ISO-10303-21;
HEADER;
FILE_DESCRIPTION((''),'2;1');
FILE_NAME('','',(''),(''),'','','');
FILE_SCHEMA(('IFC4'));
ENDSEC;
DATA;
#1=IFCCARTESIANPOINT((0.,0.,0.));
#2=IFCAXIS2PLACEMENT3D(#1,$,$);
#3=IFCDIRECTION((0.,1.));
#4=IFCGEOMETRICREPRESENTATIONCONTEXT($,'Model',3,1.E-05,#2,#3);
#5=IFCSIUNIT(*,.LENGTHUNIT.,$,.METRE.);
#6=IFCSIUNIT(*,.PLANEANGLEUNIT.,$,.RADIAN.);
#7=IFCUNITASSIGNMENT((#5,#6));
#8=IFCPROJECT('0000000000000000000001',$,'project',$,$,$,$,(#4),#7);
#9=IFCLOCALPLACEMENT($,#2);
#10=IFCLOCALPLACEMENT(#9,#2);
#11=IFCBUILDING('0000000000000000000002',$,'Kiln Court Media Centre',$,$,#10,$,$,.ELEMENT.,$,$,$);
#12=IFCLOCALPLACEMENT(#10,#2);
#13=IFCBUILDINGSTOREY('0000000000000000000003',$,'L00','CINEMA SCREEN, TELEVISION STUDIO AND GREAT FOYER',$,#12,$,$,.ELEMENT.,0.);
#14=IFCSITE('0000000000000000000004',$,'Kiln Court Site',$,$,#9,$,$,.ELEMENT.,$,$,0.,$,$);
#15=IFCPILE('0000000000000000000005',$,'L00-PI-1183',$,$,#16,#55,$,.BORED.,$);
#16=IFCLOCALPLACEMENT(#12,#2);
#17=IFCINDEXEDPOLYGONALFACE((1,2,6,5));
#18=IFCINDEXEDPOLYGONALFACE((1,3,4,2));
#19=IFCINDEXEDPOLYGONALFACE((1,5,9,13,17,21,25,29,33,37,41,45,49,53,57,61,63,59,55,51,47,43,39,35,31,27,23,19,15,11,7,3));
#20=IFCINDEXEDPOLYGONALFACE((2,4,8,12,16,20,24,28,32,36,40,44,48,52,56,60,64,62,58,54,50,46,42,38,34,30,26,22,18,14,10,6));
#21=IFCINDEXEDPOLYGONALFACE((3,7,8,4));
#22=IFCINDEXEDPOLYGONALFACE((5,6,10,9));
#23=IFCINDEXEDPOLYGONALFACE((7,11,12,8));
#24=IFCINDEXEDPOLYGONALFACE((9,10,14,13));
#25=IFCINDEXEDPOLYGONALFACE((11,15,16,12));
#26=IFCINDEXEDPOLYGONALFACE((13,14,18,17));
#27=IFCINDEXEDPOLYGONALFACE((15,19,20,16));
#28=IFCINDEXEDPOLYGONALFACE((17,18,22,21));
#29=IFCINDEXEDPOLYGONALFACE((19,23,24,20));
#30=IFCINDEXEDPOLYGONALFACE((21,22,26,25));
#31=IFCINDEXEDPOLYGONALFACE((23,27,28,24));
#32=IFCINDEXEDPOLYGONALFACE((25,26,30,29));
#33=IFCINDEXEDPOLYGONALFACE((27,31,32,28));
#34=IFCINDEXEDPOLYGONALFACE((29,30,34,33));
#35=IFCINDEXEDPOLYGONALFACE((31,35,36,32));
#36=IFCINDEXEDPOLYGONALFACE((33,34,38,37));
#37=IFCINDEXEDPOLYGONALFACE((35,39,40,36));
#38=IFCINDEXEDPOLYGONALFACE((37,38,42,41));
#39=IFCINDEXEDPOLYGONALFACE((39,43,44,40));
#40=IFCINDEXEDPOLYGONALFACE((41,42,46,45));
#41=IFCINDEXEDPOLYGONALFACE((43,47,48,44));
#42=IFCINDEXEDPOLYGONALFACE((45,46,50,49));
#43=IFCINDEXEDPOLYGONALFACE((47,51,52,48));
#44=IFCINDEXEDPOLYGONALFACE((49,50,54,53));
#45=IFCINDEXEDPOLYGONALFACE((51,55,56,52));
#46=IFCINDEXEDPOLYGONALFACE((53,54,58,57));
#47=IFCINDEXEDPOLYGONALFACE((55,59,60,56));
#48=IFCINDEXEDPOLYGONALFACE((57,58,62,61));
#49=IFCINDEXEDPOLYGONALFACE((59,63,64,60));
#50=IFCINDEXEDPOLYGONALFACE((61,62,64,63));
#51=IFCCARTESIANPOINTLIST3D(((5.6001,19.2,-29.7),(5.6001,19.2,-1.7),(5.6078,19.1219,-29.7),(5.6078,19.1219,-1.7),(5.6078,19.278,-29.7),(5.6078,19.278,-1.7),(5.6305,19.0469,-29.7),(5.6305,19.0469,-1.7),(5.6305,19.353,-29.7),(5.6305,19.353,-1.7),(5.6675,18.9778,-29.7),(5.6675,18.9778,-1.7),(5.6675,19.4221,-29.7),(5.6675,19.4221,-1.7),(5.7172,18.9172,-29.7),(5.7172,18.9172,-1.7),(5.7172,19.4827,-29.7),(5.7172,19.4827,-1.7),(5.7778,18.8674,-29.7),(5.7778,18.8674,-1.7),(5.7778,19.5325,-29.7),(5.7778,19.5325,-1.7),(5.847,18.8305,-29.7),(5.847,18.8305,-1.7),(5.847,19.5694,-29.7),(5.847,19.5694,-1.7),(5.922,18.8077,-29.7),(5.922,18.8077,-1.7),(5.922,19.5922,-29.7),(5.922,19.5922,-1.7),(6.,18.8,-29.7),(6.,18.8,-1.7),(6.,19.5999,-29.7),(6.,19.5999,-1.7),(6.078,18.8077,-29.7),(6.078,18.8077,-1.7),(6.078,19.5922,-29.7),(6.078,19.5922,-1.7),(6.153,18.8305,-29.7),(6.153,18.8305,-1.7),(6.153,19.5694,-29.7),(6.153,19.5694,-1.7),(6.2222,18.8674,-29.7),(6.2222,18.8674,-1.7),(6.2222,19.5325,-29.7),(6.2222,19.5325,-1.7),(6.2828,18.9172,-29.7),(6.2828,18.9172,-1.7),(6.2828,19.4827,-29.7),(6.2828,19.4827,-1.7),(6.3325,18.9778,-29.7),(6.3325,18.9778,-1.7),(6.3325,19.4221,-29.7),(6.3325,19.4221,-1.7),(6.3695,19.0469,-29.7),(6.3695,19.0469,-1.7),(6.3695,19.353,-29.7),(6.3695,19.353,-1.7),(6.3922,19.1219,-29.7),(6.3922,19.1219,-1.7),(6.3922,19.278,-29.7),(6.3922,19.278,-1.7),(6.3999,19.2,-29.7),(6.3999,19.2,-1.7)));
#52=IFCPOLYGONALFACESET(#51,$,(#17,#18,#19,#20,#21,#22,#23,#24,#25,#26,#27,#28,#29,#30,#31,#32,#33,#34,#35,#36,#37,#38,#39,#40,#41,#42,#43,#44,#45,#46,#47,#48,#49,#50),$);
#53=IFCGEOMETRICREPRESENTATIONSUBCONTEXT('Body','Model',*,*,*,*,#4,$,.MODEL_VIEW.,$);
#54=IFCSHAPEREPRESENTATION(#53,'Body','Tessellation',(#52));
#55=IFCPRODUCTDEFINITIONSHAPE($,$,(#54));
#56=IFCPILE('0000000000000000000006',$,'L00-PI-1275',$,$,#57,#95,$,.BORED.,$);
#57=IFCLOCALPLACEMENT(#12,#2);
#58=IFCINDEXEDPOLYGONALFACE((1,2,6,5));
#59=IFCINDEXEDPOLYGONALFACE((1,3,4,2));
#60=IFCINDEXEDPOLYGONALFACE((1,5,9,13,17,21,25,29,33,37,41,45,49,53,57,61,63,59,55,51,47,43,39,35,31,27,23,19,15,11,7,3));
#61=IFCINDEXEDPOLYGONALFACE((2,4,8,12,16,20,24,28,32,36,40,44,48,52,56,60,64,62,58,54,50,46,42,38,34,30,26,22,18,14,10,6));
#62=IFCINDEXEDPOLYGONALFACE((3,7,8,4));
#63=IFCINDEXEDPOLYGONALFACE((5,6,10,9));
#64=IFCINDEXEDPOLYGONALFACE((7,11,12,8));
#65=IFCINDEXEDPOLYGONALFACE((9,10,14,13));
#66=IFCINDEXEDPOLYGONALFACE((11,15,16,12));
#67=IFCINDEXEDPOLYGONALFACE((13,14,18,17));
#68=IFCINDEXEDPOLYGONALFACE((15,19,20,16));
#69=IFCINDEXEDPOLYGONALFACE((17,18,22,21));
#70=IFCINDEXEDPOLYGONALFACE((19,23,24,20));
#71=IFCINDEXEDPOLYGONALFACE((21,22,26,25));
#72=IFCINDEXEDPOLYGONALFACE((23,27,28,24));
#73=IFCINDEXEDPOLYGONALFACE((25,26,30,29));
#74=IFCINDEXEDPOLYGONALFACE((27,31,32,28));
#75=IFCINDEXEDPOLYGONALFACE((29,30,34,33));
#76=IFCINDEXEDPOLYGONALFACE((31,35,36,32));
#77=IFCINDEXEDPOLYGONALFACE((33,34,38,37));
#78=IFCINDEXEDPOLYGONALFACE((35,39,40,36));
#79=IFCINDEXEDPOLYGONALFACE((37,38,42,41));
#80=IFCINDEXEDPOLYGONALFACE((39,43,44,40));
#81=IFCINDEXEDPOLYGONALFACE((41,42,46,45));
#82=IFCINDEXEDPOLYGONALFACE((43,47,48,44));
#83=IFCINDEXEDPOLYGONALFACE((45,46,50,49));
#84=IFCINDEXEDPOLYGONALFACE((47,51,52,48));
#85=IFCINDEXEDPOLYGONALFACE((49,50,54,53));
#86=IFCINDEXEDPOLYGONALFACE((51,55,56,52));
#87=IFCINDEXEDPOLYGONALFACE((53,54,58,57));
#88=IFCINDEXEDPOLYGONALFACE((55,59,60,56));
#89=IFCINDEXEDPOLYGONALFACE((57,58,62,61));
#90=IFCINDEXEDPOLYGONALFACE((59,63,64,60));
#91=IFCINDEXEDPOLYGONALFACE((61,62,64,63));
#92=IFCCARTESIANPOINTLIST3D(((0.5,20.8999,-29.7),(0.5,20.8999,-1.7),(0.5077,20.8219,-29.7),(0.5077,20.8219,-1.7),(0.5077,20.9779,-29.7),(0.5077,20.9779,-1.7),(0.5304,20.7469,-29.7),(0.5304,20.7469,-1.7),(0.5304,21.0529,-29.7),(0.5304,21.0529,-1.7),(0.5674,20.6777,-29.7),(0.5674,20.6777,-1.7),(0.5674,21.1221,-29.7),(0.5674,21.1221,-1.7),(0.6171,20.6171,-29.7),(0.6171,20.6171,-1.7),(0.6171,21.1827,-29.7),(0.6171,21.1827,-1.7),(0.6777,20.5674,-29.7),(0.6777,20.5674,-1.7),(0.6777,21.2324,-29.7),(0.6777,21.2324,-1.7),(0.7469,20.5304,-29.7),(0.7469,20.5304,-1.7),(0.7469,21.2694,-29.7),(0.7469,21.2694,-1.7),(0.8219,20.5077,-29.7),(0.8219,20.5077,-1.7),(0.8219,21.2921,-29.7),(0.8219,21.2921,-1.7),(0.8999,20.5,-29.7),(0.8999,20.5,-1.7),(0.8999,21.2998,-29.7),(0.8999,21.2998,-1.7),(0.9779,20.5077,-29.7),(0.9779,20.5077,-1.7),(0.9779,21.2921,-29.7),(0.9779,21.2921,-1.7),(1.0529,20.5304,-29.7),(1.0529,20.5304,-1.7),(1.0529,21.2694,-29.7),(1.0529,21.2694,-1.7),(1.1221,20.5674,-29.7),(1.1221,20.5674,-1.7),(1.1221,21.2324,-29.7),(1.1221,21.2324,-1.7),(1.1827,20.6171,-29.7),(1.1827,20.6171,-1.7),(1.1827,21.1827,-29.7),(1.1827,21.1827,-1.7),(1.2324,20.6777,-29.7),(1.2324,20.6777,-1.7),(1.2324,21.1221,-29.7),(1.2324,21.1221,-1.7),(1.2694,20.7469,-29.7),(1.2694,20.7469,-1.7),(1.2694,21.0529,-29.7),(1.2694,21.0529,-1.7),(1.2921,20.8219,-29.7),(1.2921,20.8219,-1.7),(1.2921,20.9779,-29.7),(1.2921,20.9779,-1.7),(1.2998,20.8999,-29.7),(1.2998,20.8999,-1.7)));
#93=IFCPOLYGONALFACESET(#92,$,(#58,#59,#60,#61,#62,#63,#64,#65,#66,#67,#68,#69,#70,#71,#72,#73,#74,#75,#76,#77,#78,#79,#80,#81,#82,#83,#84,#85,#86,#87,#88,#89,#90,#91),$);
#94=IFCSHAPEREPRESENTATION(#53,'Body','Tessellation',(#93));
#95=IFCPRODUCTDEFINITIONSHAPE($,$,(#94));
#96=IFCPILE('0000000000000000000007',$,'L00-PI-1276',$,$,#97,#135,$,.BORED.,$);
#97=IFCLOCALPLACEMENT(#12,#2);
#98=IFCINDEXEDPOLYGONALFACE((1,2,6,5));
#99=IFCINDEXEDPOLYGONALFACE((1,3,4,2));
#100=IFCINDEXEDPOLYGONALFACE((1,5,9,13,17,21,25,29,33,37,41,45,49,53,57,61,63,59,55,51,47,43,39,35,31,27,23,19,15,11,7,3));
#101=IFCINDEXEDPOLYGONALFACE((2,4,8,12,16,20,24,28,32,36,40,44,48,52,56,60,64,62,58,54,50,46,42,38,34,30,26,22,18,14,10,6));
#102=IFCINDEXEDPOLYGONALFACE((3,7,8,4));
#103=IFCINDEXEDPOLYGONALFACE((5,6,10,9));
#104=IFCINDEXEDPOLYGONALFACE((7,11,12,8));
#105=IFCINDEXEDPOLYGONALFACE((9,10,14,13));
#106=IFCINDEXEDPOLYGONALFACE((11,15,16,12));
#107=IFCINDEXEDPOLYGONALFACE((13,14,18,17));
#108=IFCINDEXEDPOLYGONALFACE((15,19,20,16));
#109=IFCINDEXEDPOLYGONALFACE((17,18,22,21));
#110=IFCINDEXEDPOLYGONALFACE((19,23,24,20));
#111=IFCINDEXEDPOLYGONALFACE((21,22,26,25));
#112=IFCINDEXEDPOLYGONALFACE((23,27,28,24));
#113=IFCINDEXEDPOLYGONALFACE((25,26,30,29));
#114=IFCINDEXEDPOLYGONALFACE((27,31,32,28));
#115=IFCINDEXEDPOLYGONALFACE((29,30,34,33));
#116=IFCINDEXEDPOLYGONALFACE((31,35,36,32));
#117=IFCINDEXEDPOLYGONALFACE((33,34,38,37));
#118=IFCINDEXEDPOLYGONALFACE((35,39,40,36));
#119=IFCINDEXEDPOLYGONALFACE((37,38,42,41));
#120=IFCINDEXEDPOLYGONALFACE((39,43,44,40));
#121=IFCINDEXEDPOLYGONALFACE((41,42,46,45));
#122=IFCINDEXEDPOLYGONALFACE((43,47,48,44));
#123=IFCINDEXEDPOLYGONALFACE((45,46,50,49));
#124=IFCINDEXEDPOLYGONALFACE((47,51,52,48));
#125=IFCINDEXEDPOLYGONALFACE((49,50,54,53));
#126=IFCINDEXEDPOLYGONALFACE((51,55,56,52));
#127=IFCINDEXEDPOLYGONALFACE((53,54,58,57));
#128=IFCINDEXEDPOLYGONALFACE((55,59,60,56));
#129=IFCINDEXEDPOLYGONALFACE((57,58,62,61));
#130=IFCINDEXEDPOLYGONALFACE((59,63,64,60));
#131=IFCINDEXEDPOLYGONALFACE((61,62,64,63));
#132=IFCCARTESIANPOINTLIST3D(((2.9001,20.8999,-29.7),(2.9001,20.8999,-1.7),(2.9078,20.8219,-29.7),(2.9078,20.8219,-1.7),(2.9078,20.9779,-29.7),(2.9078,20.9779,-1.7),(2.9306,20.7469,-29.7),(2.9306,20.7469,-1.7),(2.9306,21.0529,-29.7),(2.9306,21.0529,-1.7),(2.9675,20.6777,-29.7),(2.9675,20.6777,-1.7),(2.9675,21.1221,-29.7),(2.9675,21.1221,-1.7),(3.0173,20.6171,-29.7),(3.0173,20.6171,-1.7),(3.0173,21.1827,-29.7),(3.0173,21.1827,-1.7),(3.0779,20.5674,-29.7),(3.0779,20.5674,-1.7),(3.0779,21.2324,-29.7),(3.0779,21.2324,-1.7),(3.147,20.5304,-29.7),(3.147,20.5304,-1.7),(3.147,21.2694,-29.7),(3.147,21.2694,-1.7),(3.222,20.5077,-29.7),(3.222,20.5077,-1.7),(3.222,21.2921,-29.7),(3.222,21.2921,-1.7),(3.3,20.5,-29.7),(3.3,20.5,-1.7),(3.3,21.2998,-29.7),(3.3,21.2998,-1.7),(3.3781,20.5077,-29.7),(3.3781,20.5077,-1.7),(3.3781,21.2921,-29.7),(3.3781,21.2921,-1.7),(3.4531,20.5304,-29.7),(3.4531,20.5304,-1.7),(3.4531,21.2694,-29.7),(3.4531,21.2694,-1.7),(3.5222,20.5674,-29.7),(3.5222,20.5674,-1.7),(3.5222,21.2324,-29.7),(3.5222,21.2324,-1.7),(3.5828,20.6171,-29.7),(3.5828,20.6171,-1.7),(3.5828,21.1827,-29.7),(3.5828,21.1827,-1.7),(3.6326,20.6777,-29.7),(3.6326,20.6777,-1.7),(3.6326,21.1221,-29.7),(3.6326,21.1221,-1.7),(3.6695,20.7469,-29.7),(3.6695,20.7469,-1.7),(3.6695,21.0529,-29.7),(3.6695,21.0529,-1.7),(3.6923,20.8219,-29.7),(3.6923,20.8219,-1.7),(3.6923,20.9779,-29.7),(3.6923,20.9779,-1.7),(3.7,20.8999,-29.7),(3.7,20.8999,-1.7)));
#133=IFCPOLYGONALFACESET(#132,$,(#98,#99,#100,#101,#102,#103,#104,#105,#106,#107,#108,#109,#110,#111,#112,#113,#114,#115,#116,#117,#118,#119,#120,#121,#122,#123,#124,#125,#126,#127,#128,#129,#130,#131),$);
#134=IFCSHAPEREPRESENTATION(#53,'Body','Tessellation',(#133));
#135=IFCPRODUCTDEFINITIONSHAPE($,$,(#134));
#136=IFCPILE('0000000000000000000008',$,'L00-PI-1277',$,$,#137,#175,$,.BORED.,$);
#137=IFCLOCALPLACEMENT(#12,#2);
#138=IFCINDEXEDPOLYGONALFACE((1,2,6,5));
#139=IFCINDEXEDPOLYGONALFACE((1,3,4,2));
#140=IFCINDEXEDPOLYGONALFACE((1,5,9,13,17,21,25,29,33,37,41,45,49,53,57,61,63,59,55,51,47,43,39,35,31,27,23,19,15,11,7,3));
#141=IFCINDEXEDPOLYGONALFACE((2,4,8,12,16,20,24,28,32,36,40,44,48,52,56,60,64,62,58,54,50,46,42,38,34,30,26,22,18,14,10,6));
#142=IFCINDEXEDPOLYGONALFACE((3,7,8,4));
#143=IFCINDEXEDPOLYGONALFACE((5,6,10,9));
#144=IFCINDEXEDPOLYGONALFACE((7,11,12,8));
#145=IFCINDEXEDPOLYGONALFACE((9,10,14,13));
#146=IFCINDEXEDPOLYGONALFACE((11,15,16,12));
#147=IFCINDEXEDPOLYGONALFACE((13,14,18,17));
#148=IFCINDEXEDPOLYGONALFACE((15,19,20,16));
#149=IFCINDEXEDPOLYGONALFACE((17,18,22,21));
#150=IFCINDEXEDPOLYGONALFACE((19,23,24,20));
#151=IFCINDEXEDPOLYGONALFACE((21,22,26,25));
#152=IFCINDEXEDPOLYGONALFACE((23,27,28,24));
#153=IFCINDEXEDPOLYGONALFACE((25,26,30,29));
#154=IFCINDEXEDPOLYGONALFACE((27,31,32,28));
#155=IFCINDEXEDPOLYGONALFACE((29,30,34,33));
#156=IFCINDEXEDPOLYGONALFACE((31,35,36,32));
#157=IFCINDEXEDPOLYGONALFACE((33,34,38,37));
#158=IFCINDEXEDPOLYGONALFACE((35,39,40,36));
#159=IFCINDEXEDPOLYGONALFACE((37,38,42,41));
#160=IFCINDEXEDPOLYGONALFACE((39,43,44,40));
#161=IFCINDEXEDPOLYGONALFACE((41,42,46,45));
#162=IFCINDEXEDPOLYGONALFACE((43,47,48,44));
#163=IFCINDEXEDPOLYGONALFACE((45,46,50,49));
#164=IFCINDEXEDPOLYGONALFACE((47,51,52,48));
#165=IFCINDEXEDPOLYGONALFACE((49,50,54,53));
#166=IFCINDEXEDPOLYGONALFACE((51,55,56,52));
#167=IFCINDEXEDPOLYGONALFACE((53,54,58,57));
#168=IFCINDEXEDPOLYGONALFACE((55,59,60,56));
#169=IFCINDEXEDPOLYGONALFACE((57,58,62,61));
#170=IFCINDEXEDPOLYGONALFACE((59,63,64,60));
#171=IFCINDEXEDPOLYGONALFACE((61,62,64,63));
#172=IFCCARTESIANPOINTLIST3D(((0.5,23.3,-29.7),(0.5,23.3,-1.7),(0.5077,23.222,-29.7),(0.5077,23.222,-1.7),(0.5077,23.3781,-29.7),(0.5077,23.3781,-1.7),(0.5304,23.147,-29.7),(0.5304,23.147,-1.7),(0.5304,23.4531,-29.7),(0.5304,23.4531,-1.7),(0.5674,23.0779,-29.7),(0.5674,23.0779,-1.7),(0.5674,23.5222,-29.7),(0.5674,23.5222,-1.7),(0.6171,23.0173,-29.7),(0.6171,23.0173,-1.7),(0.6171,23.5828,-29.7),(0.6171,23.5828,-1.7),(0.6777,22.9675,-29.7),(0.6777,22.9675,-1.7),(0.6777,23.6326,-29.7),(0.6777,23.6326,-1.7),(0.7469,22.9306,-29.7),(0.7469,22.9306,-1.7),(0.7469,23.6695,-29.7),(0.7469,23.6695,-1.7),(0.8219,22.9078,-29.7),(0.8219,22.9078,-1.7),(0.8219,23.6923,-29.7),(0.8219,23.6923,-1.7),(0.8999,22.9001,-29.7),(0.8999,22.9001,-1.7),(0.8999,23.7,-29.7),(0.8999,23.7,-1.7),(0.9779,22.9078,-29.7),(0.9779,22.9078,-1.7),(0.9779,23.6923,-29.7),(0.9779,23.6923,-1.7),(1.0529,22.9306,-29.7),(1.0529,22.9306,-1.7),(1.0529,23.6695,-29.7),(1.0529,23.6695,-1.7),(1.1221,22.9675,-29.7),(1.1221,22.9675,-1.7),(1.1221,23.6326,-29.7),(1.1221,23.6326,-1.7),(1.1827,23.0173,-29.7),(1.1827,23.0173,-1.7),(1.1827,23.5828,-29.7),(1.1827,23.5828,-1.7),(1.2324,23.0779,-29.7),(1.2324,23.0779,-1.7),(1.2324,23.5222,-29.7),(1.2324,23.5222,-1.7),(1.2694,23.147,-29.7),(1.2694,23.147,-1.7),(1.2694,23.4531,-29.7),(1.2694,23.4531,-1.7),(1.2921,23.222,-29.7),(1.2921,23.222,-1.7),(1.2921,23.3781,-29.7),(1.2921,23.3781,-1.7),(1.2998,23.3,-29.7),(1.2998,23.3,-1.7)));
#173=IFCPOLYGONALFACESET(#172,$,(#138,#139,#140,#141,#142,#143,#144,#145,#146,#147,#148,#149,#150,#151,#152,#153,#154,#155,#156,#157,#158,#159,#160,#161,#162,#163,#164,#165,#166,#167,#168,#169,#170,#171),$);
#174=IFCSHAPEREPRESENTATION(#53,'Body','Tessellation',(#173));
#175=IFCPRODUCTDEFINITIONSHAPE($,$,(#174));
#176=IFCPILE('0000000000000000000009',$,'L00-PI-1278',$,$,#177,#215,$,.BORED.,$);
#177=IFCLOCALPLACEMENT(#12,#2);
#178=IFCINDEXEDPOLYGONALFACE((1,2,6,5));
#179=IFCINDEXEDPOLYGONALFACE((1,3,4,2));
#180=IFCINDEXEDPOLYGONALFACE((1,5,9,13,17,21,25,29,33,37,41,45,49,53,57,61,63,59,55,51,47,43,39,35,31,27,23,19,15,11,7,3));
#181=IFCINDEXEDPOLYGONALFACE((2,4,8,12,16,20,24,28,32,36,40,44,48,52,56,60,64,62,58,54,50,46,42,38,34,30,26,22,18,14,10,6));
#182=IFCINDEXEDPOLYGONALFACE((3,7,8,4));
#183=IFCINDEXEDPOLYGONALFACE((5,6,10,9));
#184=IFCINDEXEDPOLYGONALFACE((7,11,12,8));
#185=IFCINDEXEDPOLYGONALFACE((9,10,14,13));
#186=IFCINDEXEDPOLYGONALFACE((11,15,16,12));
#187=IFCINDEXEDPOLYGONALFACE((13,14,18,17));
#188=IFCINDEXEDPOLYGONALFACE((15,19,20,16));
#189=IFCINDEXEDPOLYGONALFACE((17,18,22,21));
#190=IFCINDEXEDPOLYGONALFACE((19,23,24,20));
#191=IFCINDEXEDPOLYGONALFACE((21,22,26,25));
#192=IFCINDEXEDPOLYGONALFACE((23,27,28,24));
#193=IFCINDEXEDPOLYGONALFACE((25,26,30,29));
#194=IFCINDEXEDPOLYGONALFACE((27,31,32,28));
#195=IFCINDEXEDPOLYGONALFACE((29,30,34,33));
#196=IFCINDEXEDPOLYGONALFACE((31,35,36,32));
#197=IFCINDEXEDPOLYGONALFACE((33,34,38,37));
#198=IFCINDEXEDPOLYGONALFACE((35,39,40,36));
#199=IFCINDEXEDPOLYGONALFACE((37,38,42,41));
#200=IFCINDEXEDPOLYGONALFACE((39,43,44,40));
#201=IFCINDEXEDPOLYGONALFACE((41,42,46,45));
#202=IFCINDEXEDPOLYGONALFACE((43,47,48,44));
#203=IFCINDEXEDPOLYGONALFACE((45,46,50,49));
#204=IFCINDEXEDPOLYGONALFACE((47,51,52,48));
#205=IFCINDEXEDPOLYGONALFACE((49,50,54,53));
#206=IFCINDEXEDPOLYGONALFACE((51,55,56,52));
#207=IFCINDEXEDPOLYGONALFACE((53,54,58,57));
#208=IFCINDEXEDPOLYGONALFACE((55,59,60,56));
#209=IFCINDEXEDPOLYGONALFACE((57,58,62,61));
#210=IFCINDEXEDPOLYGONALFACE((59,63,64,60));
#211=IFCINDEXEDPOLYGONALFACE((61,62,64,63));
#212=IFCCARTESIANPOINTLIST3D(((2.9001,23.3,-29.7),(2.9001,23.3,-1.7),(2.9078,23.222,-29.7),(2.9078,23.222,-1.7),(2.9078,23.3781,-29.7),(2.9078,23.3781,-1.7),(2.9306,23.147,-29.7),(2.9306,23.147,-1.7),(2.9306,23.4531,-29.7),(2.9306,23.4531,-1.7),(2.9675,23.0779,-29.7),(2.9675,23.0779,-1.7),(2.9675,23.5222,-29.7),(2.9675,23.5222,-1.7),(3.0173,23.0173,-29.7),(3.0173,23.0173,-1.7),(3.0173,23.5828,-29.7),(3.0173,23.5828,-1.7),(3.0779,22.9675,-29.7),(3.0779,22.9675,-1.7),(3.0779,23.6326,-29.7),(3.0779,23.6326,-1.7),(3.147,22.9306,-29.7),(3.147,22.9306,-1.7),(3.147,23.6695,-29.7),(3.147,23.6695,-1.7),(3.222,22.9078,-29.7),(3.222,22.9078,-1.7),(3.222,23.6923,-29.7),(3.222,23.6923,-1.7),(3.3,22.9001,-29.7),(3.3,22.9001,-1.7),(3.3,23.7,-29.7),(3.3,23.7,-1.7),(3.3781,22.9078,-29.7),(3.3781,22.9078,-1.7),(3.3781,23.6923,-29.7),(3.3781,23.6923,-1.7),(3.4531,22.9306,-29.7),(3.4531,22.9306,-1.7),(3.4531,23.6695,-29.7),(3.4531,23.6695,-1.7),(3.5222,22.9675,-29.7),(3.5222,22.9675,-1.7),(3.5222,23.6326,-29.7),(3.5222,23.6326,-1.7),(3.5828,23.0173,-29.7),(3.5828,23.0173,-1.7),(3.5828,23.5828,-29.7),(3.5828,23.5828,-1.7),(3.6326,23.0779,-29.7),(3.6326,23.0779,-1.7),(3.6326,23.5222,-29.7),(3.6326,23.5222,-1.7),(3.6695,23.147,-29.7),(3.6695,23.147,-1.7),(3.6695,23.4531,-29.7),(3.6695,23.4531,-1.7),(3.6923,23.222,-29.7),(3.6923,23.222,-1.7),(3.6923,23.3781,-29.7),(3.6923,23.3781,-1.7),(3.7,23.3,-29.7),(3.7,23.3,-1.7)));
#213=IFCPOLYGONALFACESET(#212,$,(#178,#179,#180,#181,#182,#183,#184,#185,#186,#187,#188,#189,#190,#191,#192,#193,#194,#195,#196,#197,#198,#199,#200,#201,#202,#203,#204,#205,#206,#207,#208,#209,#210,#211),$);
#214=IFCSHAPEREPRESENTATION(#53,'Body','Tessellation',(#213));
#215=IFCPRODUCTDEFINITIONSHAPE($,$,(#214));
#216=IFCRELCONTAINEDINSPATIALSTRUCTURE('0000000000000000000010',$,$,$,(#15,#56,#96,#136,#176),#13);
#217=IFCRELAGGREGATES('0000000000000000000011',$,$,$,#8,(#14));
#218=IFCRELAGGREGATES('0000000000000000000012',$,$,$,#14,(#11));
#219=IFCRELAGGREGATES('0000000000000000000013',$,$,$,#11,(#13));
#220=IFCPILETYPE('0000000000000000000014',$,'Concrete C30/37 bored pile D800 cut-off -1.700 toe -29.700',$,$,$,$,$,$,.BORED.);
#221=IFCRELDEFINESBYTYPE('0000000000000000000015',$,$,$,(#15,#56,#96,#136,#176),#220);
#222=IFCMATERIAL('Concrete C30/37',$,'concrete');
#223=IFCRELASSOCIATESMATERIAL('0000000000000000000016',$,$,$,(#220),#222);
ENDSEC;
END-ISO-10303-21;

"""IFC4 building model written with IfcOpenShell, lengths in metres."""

from ifc_helpers import new_model, si_unit, direction, frame, origin, origin_2d, place, context, subcontext, project, spatial, circle, extrude, material, material_profile, profile_set, type_object, element, save


model = new_model("IFC4")

# Units and contexts
model_context = context("Model", 3, precision=1e-05, world=origin(), true_north=direction((0.0, 1.0)))
body_context = subcontext(model_context, "Body", "Model", "MODEL_VIEW")
ifc_project = project(units=[si_unit("LENGTHUNIT", "METRE"), si_unit("PLANEANGLEUNIT", "RADIAN")], contexts=[model_context])

# Site, building, storey
site_placement = place(None, origin())
site = spatial("IfcSite", under=ifc_project, at=site_placement, Name="Kiln Court Site", CompositionType="ELEMENT", RefElevation=0.0)
building_placement = place(site_placement, origin())
building = spatial("IfcBuilding", under=site, at=building_placement, Name="Kiln Court Media Centre", CompositionType="ELEMENT")
storey_placement = place(building_placement, origin())
storey = spatial("IfcBuildingStorey", under=building, at=storey_placement, Name="L00", Description="CINEMA SCREEN, TELEVISION STUDIO AND GREAT FOYER", CompositionType="ELEMENT", Elevation=0.0)

# Piles
ifc_material_1 = material(Name="Concrete C30/37", Category="concrete")
ifc_material_profile = material_profile(ifc_material_1, circle(Radius=0.3999, at=origin_2d()), Name="PILE D800")
ifc_profile_set = profile_set([ifc_material_profile], Name="Concrete C30/37")
pile_type = type_object("IfcPileType", Name="Concrete C30/37 bored pile D800 cut-off -1.700 toe -29.700", PredefinedType="BORED", material=ifc_profile_set)
for number, where, z_axis, x_axis, name in (
    (1, (6.0, 19.2, -1.7), (0.0, 0.0, -1.0), (1.0, 0.0, 0.0), "L00-PI-1183"),
    (2, (0.8999, 20.8999, -1.7), (0.0, 0.0, -1.0), (1.0, 0.0, 0.0), "L00-PI-1275"),
    (3, (3.3, 20.8999, -1.7), (0.0, 0.0, -1.0), (1.0, 0.0, 0.0), "L00-PI-1276"),
    (4, (0.8999, 23.3, -1.7), (0.0, 0.0, -1.0), (1.0, 0.0, 0.0), "L00-PI-1277"),
    (5, (3.3, 23.3, -1.7), (0.0, 0.0, -1.0), (1.0, 0.0, 0.0), "L00-PI-1278"),
):
    element("IfcPile", number, at=place(storey_placement, frame(where, z_axis=z_axis, x_axis=x_axis)), inside=storey, type_object=pile_type, Name=name, PredefinedType="BORED", context=body_context, shape_type="SweptSolid", body=[
        extrude(circle(Radius=0.3999, at=origin_2d()), origin(), (0.0, 0.0, 1.0), 28.0),
    ])

save(model, "model.ifc")
